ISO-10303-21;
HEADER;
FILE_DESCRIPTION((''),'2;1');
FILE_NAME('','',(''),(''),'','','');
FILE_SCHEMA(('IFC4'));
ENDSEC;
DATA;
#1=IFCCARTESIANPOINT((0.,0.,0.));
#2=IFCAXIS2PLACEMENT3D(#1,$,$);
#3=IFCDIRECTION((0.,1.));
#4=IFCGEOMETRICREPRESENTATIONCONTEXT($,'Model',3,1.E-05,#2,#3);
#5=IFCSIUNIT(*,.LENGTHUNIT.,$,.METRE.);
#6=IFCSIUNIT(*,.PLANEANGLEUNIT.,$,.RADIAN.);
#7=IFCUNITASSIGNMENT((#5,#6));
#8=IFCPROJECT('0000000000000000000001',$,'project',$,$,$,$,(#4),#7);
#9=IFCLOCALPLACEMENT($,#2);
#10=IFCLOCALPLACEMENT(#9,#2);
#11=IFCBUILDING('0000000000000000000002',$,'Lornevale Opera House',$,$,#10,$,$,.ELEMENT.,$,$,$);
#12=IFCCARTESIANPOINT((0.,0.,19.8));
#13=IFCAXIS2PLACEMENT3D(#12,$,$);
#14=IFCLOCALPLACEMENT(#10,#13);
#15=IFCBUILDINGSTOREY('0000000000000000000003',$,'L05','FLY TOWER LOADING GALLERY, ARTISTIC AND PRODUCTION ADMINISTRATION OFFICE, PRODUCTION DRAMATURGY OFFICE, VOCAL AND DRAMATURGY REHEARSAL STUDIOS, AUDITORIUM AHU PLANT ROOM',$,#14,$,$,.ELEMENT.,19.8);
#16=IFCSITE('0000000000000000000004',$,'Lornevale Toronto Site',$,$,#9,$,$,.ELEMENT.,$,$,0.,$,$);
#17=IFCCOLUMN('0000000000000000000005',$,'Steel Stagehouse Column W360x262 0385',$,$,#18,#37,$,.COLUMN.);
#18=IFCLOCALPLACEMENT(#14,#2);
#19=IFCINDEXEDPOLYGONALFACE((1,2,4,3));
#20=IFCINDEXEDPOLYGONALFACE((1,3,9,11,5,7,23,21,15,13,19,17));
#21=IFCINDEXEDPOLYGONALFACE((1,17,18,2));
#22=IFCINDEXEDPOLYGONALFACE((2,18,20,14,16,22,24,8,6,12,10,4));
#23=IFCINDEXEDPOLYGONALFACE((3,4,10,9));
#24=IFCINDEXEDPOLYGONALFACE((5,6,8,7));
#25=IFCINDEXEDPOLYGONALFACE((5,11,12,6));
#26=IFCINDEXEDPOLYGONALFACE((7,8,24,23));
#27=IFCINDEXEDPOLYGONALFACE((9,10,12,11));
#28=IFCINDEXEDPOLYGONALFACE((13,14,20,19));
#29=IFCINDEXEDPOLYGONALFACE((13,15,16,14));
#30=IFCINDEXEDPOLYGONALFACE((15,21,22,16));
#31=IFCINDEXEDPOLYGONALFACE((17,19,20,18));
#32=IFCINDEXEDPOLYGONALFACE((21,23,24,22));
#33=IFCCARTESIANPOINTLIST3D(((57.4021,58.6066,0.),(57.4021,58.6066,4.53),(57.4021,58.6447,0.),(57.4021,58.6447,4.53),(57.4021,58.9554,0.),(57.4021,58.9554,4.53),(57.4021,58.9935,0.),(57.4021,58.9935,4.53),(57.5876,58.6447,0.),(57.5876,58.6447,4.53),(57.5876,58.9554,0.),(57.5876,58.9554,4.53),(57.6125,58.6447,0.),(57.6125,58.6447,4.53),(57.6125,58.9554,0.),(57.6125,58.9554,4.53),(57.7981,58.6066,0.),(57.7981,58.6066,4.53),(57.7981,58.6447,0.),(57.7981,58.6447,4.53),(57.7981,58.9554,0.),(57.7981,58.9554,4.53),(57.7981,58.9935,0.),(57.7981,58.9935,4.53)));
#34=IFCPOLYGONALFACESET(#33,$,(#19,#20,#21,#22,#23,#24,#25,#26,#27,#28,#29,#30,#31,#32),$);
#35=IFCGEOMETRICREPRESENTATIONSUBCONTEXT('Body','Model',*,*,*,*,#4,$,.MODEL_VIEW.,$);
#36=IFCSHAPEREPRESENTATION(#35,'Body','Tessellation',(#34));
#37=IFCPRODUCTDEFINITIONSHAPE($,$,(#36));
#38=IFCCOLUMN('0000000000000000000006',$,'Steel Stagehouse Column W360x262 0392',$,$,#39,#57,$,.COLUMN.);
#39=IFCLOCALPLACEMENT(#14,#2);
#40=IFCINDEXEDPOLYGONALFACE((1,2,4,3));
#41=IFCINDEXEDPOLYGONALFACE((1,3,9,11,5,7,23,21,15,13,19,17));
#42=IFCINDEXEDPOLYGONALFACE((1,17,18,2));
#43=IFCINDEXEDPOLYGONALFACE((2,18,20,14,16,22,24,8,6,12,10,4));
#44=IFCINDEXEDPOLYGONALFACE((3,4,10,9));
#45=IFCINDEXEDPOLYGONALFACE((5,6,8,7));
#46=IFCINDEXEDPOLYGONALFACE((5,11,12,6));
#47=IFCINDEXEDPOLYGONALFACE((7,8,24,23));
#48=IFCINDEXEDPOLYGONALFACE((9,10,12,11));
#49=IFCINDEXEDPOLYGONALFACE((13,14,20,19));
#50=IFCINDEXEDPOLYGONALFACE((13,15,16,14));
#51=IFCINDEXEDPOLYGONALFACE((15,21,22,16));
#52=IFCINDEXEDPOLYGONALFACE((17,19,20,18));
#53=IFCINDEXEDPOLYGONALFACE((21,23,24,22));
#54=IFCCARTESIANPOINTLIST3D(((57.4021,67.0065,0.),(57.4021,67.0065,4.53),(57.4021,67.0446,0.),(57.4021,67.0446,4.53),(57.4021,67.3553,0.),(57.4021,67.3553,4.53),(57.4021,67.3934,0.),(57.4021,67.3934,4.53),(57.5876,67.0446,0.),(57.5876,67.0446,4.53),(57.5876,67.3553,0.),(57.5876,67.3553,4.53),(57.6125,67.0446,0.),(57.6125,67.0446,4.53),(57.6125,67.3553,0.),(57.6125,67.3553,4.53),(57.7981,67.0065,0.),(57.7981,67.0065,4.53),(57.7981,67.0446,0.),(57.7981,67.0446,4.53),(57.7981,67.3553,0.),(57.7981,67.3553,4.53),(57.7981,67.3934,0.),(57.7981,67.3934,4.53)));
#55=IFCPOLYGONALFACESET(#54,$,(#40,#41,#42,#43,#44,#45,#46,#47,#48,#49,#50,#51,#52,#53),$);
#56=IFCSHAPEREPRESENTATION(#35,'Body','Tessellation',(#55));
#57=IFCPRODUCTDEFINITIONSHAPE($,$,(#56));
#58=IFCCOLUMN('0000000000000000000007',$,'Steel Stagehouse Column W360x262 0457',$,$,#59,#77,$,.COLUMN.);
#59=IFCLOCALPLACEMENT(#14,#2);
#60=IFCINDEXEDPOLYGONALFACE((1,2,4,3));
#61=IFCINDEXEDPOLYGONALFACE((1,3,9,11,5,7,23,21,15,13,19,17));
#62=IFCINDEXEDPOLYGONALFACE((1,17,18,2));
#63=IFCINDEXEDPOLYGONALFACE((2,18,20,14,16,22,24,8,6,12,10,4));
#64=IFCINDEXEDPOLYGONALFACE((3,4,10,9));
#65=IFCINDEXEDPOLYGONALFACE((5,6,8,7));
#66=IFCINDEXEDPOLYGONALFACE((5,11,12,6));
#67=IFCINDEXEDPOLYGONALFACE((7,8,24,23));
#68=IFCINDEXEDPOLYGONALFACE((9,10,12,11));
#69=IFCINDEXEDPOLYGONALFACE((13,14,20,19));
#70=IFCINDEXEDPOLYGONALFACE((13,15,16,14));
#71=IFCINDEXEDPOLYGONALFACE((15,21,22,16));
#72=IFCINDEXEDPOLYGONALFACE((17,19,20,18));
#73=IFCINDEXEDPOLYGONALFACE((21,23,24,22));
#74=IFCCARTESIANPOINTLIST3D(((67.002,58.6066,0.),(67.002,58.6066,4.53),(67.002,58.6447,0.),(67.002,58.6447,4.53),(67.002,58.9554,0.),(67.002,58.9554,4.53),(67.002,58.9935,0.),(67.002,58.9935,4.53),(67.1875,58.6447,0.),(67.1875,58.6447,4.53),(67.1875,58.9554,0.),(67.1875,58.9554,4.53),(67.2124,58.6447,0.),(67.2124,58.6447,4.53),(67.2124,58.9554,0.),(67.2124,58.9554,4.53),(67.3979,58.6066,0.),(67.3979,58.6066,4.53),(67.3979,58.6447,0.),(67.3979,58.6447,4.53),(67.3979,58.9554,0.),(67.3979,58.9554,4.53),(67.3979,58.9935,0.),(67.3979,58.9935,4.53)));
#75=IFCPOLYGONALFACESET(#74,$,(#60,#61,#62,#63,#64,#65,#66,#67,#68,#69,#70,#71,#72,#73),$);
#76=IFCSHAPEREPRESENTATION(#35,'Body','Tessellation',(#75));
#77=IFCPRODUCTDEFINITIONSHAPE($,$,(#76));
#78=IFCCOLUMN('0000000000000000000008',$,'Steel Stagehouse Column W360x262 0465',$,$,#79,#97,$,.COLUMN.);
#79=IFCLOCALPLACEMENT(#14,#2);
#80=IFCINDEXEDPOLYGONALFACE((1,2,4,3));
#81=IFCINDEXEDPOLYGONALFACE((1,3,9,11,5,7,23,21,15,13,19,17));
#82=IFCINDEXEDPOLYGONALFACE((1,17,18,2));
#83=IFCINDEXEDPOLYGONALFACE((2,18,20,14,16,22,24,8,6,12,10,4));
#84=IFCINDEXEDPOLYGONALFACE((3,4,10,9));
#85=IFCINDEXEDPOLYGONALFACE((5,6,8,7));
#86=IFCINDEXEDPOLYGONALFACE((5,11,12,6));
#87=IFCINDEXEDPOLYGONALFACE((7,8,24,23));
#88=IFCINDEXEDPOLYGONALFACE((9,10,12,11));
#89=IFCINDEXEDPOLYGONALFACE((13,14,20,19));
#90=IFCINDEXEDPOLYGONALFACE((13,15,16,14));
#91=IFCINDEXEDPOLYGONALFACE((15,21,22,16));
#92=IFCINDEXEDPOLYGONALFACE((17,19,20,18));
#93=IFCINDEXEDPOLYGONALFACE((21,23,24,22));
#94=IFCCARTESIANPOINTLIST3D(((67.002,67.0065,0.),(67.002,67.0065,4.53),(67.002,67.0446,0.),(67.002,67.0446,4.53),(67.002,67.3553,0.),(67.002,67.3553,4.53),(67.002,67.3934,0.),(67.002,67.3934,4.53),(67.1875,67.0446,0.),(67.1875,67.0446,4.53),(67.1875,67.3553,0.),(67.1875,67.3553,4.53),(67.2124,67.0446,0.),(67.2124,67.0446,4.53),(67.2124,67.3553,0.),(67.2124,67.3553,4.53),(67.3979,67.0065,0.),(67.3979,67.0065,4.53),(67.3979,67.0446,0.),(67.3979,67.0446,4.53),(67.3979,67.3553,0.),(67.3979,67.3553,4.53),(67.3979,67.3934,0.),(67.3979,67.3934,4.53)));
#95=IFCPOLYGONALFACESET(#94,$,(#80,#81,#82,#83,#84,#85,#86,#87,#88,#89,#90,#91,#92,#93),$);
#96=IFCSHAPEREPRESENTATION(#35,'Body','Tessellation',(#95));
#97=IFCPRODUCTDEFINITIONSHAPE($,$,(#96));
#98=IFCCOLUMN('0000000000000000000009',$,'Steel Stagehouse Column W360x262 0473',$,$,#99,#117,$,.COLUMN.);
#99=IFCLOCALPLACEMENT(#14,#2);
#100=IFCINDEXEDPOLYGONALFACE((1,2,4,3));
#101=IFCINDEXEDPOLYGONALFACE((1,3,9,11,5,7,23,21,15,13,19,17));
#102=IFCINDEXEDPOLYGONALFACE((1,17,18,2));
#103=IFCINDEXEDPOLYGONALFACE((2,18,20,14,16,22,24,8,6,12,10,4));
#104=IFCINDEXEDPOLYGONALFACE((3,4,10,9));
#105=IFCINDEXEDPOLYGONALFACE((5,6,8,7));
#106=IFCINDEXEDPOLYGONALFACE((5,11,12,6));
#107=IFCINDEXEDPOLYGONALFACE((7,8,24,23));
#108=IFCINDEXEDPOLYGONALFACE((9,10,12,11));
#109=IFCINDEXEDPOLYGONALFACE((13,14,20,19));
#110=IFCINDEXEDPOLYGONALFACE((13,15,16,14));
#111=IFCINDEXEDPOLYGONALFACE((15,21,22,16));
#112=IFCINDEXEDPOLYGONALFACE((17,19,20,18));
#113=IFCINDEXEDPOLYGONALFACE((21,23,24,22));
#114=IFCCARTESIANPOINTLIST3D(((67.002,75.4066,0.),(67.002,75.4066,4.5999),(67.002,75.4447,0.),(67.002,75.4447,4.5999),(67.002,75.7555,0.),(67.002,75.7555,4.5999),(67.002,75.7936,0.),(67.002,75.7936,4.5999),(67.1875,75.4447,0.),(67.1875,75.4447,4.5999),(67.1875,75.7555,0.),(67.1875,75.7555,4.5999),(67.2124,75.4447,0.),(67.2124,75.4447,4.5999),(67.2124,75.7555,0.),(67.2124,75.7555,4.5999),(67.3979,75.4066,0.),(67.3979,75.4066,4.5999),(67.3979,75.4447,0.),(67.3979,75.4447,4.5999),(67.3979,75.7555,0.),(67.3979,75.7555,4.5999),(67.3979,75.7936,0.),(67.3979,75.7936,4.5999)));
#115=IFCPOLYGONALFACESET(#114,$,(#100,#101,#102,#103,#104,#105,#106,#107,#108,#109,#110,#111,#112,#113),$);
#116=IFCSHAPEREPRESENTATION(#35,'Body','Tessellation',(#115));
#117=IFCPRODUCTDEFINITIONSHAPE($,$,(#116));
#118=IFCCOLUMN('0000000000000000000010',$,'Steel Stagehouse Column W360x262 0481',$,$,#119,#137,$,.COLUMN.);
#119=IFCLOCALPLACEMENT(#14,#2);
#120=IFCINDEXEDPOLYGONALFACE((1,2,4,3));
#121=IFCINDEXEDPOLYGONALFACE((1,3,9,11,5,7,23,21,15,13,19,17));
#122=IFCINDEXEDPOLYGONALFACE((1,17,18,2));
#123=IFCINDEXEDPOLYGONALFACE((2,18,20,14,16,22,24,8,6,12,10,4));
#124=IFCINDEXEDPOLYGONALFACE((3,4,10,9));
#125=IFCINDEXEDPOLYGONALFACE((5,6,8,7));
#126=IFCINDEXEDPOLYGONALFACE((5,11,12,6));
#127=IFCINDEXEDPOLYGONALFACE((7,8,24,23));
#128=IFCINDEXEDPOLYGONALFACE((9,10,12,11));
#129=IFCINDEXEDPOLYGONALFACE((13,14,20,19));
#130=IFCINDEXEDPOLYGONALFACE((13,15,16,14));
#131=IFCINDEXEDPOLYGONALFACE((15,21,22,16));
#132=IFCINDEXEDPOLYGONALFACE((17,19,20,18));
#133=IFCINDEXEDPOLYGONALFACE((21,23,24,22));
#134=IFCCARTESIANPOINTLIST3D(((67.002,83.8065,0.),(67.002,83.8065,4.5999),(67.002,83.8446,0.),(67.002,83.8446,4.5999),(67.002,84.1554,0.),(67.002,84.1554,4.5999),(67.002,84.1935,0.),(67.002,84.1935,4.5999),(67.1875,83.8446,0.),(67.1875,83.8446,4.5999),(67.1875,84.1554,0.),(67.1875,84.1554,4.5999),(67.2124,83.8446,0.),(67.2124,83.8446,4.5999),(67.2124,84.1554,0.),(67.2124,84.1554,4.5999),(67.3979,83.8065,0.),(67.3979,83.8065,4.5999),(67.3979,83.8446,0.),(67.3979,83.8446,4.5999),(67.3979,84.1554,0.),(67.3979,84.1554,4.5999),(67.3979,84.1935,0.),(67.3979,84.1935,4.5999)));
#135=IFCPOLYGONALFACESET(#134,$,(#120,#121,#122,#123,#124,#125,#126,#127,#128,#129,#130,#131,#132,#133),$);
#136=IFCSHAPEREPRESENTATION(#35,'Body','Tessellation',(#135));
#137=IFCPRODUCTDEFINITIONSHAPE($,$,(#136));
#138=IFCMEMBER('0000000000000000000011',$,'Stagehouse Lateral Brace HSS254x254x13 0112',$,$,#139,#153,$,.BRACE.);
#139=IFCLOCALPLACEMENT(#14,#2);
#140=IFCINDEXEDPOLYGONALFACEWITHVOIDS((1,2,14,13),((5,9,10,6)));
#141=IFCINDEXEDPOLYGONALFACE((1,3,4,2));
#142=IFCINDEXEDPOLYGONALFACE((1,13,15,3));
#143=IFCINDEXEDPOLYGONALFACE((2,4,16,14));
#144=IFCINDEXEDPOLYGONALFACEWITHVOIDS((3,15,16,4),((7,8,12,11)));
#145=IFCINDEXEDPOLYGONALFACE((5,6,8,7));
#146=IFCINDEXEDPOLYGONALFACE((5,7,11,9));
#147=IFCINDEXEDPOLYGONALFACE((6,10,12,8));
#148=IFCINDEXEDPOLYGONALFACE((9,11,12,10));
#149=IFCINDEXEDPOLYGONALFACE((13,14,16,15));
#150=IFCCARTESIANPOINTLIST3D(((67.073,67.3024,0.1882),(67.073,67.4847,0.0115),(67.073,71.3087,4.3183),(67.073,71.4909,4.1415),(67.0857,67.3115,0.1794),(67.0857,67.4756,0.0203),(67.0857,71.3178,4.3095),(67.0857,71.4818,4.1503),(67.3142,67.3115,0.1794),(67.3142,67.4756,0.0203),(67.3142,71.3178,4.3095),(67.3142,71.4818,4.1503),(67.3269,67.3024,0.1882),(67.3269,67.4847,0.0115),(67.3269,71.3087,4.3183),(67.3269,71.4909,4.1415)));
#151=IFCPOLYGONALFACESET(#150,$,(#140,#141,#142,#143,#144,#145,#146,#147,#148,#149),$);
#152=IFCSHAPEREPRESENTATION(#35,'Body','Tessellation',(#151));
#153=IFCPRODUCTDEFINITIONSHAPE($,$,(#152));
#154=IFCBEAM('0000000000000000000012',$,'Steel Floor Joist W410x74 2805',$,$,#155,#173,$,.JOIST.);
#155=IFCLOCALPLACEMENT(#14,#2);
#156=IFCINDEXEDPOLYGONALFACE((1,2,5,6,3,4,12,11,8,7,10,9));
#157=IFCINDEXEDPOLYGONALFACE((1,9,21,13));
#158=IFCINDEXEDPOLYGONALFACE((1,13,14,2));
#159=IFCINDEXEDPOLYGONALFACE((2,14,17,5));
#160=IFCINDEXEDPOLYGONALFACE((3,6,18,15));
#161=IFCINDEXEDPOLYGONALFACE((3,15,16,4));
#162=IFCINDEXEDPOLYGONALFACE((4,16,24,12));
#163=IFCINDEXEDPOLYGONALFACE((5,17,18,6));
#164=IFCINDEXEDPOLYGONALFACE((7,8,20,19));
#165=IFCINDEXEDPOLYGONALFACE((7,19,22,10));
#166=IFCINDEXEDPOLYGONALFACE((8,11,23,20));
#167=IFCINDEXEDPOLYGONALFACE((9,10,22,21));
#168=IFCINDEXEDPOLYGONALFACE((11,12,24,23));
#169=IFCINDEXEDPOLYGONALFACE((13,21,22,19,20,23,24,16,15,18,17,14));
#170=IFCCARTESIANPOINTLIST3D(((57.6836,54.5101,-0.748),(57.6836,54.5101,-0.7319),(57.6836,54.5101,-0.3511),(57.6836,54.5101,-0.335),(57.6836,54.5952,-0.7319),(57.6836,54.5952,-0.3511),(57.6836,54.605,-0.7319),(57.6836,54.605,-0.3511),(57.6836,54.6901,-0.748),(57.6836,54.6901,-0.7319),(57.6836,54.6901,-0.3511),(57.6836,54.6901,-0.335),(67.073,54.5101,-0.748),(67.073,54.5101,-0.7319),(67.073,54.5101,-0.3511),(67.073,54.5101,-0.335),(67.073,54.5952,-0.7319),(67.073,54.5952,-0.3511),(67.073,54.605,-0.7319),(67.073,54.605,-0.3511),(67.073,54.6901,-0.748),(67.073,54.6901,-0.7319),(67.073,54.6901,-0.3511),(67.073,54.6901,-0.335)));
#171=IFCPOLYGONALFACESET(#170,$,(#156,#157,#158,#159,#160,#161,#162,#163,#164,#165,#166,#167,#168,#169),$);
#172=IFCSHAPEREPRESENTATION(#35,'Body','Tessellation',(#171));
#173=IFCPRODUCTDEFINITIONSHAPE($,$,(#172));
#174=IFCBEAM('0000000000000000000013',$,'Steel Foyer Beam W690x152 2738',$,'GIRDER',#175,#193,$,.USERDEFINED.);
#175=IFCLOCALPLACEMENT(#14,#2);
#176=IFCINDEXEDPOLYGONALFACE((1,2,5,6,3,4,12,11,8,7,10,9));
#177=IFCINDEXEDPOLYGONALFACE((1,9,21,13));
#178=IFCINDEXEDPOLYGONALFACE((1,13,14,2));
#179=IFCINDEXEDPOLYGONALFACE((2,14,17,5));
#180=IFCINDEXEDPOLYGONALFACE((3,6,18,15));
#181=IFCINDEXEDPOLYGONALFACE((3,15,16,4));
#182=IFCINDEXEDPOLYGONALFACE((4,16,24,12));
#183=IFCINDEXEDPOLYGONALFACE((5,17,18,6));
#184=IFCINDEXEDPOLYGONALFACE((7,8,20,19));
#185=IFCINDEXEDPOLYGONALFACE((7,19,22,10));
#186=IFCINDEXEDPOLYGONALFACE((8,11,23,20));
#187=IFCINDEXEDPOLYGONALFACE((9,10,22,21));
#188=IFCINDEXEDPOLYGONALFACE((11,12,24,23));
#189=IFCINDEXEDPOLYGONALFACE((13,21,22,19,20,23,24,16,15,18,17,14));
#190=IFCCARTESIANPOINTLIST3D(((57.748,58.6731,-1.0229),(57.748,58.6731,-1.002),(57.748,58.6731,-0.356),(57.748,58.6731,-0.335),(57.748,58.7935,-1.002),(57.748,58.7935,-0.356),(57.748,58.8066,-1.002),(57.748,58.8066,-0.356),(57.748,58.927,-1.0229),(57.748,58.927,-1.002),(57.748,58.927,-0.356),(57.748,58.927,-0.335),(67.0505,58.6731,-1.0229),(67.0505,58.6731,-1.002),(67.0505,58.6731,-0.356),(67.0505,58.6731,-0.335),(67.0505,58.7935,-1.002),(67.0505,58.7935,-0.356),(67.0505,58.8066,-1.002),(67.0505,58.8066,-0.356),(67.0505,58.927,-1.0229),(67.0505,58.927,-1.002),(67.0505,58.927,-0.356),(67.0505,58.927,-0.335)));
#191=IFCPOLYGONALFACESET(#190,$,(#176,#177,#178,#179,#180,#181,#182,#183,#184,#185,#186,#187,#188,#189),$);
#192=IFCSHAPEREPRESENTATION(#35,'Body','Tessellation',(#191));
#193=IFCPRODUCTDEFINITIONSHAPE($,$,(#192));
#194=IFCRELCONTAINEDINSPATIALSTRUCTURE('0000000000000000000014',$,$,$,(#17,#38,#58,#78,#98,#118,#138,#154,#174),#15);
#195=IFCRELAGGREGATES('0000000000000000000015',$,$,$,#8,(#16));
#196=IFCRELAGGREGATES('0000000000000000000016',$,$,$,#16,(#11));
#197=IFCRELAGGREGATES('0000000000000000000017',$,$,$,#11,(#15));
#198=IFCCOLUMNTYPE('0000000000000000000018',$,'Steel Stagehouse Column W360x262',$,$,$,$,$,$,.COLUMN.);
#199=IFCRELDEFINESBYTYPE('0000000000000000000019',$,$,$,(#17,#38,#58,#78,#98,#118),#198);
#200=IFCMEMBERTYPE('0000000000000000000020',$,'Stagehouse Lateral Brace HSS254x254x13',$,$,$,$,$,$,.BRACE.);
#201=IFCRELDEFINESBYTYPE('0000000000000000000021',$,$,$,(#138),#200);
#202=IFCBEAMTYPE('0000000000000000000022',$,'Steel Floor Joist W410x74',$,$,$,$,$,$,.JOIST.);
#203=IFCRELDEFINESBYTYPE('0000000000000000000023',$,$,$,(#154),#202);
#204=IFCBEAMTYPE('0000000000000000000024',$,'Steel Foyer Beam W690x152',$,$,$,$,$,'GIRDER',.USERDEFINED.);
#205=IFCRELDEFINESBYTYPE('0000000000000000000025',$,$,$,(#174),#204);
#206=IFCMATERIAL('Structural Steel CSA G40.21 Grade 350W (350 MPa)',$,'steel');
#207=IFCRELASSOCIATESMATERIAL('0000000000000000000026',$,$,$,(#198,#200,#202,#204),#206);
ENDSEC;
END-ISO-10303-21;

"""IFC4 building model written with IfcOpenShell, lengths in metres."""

from ifc_helpers import new_model, si_unit, direction, frame, origin, origin_2d, place, context, subcontext, project, spatial, hollow_rectangle, i_section, extrude, material, material_profile, profile_set, type_object, element, save


model = new_model("IFC4")

# Units and contexts
model_context = context("Model", 3, precision=1e-05, world=origin(), true_north=direction((0.0, 1.0)))
body_context = subcontext(model_context, "Body", "Model", "MODEL_VIEW")
ifc_project = project(units=[si_unit("LENGTHUNIT", "METRE"), si_unit("PLANEANGLEUNIT", "RADIAN")], contexts=[model_context])

# Site, building, storey
site_placement = place(None, origin())
site = spatial("IfcSite", under=ifc_project, at=site_placement, Name="Lornevale Toronto Site", CompositionType="ELEMENT", RefElevation=0.0)
building_placement = place(site_placement, origin())
building = spatial("IfcBuilding", under=site, at=building_placement, Name="Lornevale Opera House", CompositionType="ELEMENT")
storey_placement = place(building_placement, frame((0.0, 0.0, 19.8)))
storey = spatial("IfcBuildingStorey", under=building, at=storey_placement, Name="L05", Description="FLY TOWER LOADING GALLERY, ARTISTIC AND PRODUCTION ADMINISTRATION OFFICE, PRODUCTION DRAMATURGY OFFICE, VOCAL AND DRAMATURGY REHEARSAL STUDIOS, AUDITORIUM AHU PLANT ROOM", CompositionType="ELEMENT", Elevation=19.8)

# Columns
ifc_material_1 = material(Name="Structural Steel CSA G40.21 Grade 350W (350 MPa)", Category="steel")
ifc_material_profile_1 = material_profile(ifc_material_1, i_section(OverallWidth=0.396, OverallDepth=0.387, WebThickness=0.0249, FlangeThickness=0.0381, at=origin_2d()), Name="W360x262")
ifc_profile_set_1 = profile_set([ifc_material_profile_1], Name="Structural Steel CSA G40.21 Grade 350W (350 MPa)")
column_type = type_object("IfcColumnType", Name="Steel Stagehouse Column W360x262", PredefinedType="COLUMN", material=ifc_profile_set_1)
for number, where, z_axis, x_axis, name in (
    (1, (57.6001, 58.8, 0.0), (0.0, 0.0, 1.0), (1.0, 0.0, 0.0), "Steel Stagehouse Column W360x262 0385"),
    (2, (57.6001, 67.2, 0.0), (0.0, 0.0, 1.0), (1.0, 0.0, 0.0), "Steel Stagehouse Column W360x262 0392"),
    (3, (67.2, 58.8, 0.0), (0.0, 0.0, 1.0), (1.0, 0.0, 0.0), "Steel Stagehouse Column W360x262 0457"),
    (4, (67.2, 67.2, 0.0), (0.0, 0.0, 1.0), (1.0, 0.0, 0.0), "Steel Stagehouse Column W360x262 0465"),
):
    element("IfcColumn", number, at=place(storey_placement, frame(where, z_axis=z_axis, x_axis=x_axis)), inside=storey, type_object=column_type, Name=name, PredefinedType="COLUMN", context=body_context, shape_type="SweptSolid", body=[
        extrude(i_section(OverallWidth=0.396, OverallDepth=0.387, WebThickness=0.0249, FlangeThickness=0.0381, at=origin_2d()), origin(), (0.0, 0.0, 1.0), 4.53),
    ])
for number, where, z_axis, x_axis, name in (
    (5, (67.2, 75.6001, 0.0), (0.0, 0.0, 1.0), (1.0, 0.0, 0.0), "Steel Stagehouse Column W360x262 0473"),
    (6, (67.2, 84.0, 0.0), (0.0, 0.0, 1.0), (1.0, 0.0, 0.0), "Steel Stagehouse Column W360x262 0481"),
):
    element("IfcColumn", number, at=place(storey_placement, frame(where, z_axis=z_axis, x_axis=x_axis)), inside=storey, type_object=column_type, Name=name, PredefinedType="COLUMN", context=body_context, shape_type="SweptSolid", body=[
        extrude(i_section(OverallWidth=0.396, OverallDepth=0.387, WebThickness=0.0249, FlangeThickness=0.0381, at=origin_2d()), origin(), (0.0, 0.0, 1.0), 4.5999),
    ])

# Member
ifc_material_profile_2 = material_profile(ifc_material_1, hollow_rectangle(XDim=0.2539, YDim=0.2539, WallThickness=0.0127, at=origin_2d()), Name="HSS254x254x13")
ifc_profile_set_2 = profile_set([ifc_material_profile_2], Name="Structural Steel CSA G40.21 Grade 350W (350 MPa)")
member_type = type_object("IfcMemberType", Name="Stagehouse Lateral Brace HSS254x254x13", PredefinedType="BRACE", material=ifc_profile_set_2)
member_placement = place(storey_placement, frame((67.2, 67.3936, 0.0999), z_axis=(0.0, 0.696269, 0.717781), x_axis=(-1.0, 0.0, 0.0)))
element("IfcMember", 7, at=member_placement, inside=storey, type_object=member_type, Name="Stagehouse Lateral Brace HSS254x254x13 0112", PredefinedType="BRACE", context=body_context, shape_type="SweptSolid", body=[
    extrude(hollow_rectangle(XDim=0.2539, YDim=0.2539, WallThickness=0.0127, at=origin_2d()), origin(), (0.0, 0.0, 1.0), 5.7539),
])

# Beams
ifc_material_profile_3 = material_profile(ifc_material_1, i_section(OverallWidth=0.1799, OverallDepth=0.4131, WebThickness=0.0098, FlangeThickness=0.0161, at=origin_2d()), Name="W410x74")
ifc_profile_set_3 = profile_set([ifc_material_profile_3], Name="Structural Steel CSA G40.21 Grade 350W (350 MPa)")
beam_type_1 = type_object("IfcBeamType", Name="Steel Floor Joist W410x74", PredefinedType="JOIST", material=ifc_profile_set_3)
beam_1_placement = place(storey_placement, frame((57.6836, 54.6001, -0.5415), z_axis=(1.0, 0.0, 0.0), x_axis=(0.0, 1.0, 0.0)))
element("IfcBeam", 8, at=beam_1_placement, inside=storey, type_object=beam_type_1, Name="Steel Floor Joist W410x74 2805", PredefinedType="JOIST", context=body_context, shape_type="SweptSolid", body=[
    extrude(i_section(OverallWidth=0.1799, OverallDepth=0.4131, WebThickness=0.0098, FlangeThickness=0.0161, at=origin_2d()), origin(), (0.0, 0.0, 1.0), 9.3894),
])
ifc_material_profile_4 = material_profile(ifc_material_1, i_section(OverallWidth=0.2539, OverallDepth=0.688, WebThickness=0.0132, FlangeThickness=0.021, at=origin_2d()), Name="W690x152")
ifc_profile_set_4 = profile_set([ifc_material_profile_4], Name="Structural Steel CSA G40.21 Grade 350W (350 MPa)")
beam_type_2 = type_object("IfcBeamType", Name="Steel Foyer Beam W690x152", ElementType="GIRDER", PredefinedType="USERDEFINED", material=ifc_profile_set_4)
beam_2_placement = place(storey_placement, frame((57.748, 58.8, -0.679), z_axis=(1.0, 0.0, 0.0), x_axis=(0.0, 1.0, 0.0)))
element("IfcBeam", 9, at=beam_2_placement, inside=storey, type_object=beam_type_2, Name="Steel Foyer Beam W690x152 2738", ObjectType="GIRDER", PredefinedType="USERDEFINED", context=body_context, shape_type="SweptSolid", body=[
    extrude(i_section(OverallWidth=0.2539, OverallDepth=0.688, WebThickness=0.0132, FlangeThickness=0.021, at=origin_2d()), origin(), (0.0, 0.0, 1.0), 9.3025),
])

save(model, "model.ifc")
